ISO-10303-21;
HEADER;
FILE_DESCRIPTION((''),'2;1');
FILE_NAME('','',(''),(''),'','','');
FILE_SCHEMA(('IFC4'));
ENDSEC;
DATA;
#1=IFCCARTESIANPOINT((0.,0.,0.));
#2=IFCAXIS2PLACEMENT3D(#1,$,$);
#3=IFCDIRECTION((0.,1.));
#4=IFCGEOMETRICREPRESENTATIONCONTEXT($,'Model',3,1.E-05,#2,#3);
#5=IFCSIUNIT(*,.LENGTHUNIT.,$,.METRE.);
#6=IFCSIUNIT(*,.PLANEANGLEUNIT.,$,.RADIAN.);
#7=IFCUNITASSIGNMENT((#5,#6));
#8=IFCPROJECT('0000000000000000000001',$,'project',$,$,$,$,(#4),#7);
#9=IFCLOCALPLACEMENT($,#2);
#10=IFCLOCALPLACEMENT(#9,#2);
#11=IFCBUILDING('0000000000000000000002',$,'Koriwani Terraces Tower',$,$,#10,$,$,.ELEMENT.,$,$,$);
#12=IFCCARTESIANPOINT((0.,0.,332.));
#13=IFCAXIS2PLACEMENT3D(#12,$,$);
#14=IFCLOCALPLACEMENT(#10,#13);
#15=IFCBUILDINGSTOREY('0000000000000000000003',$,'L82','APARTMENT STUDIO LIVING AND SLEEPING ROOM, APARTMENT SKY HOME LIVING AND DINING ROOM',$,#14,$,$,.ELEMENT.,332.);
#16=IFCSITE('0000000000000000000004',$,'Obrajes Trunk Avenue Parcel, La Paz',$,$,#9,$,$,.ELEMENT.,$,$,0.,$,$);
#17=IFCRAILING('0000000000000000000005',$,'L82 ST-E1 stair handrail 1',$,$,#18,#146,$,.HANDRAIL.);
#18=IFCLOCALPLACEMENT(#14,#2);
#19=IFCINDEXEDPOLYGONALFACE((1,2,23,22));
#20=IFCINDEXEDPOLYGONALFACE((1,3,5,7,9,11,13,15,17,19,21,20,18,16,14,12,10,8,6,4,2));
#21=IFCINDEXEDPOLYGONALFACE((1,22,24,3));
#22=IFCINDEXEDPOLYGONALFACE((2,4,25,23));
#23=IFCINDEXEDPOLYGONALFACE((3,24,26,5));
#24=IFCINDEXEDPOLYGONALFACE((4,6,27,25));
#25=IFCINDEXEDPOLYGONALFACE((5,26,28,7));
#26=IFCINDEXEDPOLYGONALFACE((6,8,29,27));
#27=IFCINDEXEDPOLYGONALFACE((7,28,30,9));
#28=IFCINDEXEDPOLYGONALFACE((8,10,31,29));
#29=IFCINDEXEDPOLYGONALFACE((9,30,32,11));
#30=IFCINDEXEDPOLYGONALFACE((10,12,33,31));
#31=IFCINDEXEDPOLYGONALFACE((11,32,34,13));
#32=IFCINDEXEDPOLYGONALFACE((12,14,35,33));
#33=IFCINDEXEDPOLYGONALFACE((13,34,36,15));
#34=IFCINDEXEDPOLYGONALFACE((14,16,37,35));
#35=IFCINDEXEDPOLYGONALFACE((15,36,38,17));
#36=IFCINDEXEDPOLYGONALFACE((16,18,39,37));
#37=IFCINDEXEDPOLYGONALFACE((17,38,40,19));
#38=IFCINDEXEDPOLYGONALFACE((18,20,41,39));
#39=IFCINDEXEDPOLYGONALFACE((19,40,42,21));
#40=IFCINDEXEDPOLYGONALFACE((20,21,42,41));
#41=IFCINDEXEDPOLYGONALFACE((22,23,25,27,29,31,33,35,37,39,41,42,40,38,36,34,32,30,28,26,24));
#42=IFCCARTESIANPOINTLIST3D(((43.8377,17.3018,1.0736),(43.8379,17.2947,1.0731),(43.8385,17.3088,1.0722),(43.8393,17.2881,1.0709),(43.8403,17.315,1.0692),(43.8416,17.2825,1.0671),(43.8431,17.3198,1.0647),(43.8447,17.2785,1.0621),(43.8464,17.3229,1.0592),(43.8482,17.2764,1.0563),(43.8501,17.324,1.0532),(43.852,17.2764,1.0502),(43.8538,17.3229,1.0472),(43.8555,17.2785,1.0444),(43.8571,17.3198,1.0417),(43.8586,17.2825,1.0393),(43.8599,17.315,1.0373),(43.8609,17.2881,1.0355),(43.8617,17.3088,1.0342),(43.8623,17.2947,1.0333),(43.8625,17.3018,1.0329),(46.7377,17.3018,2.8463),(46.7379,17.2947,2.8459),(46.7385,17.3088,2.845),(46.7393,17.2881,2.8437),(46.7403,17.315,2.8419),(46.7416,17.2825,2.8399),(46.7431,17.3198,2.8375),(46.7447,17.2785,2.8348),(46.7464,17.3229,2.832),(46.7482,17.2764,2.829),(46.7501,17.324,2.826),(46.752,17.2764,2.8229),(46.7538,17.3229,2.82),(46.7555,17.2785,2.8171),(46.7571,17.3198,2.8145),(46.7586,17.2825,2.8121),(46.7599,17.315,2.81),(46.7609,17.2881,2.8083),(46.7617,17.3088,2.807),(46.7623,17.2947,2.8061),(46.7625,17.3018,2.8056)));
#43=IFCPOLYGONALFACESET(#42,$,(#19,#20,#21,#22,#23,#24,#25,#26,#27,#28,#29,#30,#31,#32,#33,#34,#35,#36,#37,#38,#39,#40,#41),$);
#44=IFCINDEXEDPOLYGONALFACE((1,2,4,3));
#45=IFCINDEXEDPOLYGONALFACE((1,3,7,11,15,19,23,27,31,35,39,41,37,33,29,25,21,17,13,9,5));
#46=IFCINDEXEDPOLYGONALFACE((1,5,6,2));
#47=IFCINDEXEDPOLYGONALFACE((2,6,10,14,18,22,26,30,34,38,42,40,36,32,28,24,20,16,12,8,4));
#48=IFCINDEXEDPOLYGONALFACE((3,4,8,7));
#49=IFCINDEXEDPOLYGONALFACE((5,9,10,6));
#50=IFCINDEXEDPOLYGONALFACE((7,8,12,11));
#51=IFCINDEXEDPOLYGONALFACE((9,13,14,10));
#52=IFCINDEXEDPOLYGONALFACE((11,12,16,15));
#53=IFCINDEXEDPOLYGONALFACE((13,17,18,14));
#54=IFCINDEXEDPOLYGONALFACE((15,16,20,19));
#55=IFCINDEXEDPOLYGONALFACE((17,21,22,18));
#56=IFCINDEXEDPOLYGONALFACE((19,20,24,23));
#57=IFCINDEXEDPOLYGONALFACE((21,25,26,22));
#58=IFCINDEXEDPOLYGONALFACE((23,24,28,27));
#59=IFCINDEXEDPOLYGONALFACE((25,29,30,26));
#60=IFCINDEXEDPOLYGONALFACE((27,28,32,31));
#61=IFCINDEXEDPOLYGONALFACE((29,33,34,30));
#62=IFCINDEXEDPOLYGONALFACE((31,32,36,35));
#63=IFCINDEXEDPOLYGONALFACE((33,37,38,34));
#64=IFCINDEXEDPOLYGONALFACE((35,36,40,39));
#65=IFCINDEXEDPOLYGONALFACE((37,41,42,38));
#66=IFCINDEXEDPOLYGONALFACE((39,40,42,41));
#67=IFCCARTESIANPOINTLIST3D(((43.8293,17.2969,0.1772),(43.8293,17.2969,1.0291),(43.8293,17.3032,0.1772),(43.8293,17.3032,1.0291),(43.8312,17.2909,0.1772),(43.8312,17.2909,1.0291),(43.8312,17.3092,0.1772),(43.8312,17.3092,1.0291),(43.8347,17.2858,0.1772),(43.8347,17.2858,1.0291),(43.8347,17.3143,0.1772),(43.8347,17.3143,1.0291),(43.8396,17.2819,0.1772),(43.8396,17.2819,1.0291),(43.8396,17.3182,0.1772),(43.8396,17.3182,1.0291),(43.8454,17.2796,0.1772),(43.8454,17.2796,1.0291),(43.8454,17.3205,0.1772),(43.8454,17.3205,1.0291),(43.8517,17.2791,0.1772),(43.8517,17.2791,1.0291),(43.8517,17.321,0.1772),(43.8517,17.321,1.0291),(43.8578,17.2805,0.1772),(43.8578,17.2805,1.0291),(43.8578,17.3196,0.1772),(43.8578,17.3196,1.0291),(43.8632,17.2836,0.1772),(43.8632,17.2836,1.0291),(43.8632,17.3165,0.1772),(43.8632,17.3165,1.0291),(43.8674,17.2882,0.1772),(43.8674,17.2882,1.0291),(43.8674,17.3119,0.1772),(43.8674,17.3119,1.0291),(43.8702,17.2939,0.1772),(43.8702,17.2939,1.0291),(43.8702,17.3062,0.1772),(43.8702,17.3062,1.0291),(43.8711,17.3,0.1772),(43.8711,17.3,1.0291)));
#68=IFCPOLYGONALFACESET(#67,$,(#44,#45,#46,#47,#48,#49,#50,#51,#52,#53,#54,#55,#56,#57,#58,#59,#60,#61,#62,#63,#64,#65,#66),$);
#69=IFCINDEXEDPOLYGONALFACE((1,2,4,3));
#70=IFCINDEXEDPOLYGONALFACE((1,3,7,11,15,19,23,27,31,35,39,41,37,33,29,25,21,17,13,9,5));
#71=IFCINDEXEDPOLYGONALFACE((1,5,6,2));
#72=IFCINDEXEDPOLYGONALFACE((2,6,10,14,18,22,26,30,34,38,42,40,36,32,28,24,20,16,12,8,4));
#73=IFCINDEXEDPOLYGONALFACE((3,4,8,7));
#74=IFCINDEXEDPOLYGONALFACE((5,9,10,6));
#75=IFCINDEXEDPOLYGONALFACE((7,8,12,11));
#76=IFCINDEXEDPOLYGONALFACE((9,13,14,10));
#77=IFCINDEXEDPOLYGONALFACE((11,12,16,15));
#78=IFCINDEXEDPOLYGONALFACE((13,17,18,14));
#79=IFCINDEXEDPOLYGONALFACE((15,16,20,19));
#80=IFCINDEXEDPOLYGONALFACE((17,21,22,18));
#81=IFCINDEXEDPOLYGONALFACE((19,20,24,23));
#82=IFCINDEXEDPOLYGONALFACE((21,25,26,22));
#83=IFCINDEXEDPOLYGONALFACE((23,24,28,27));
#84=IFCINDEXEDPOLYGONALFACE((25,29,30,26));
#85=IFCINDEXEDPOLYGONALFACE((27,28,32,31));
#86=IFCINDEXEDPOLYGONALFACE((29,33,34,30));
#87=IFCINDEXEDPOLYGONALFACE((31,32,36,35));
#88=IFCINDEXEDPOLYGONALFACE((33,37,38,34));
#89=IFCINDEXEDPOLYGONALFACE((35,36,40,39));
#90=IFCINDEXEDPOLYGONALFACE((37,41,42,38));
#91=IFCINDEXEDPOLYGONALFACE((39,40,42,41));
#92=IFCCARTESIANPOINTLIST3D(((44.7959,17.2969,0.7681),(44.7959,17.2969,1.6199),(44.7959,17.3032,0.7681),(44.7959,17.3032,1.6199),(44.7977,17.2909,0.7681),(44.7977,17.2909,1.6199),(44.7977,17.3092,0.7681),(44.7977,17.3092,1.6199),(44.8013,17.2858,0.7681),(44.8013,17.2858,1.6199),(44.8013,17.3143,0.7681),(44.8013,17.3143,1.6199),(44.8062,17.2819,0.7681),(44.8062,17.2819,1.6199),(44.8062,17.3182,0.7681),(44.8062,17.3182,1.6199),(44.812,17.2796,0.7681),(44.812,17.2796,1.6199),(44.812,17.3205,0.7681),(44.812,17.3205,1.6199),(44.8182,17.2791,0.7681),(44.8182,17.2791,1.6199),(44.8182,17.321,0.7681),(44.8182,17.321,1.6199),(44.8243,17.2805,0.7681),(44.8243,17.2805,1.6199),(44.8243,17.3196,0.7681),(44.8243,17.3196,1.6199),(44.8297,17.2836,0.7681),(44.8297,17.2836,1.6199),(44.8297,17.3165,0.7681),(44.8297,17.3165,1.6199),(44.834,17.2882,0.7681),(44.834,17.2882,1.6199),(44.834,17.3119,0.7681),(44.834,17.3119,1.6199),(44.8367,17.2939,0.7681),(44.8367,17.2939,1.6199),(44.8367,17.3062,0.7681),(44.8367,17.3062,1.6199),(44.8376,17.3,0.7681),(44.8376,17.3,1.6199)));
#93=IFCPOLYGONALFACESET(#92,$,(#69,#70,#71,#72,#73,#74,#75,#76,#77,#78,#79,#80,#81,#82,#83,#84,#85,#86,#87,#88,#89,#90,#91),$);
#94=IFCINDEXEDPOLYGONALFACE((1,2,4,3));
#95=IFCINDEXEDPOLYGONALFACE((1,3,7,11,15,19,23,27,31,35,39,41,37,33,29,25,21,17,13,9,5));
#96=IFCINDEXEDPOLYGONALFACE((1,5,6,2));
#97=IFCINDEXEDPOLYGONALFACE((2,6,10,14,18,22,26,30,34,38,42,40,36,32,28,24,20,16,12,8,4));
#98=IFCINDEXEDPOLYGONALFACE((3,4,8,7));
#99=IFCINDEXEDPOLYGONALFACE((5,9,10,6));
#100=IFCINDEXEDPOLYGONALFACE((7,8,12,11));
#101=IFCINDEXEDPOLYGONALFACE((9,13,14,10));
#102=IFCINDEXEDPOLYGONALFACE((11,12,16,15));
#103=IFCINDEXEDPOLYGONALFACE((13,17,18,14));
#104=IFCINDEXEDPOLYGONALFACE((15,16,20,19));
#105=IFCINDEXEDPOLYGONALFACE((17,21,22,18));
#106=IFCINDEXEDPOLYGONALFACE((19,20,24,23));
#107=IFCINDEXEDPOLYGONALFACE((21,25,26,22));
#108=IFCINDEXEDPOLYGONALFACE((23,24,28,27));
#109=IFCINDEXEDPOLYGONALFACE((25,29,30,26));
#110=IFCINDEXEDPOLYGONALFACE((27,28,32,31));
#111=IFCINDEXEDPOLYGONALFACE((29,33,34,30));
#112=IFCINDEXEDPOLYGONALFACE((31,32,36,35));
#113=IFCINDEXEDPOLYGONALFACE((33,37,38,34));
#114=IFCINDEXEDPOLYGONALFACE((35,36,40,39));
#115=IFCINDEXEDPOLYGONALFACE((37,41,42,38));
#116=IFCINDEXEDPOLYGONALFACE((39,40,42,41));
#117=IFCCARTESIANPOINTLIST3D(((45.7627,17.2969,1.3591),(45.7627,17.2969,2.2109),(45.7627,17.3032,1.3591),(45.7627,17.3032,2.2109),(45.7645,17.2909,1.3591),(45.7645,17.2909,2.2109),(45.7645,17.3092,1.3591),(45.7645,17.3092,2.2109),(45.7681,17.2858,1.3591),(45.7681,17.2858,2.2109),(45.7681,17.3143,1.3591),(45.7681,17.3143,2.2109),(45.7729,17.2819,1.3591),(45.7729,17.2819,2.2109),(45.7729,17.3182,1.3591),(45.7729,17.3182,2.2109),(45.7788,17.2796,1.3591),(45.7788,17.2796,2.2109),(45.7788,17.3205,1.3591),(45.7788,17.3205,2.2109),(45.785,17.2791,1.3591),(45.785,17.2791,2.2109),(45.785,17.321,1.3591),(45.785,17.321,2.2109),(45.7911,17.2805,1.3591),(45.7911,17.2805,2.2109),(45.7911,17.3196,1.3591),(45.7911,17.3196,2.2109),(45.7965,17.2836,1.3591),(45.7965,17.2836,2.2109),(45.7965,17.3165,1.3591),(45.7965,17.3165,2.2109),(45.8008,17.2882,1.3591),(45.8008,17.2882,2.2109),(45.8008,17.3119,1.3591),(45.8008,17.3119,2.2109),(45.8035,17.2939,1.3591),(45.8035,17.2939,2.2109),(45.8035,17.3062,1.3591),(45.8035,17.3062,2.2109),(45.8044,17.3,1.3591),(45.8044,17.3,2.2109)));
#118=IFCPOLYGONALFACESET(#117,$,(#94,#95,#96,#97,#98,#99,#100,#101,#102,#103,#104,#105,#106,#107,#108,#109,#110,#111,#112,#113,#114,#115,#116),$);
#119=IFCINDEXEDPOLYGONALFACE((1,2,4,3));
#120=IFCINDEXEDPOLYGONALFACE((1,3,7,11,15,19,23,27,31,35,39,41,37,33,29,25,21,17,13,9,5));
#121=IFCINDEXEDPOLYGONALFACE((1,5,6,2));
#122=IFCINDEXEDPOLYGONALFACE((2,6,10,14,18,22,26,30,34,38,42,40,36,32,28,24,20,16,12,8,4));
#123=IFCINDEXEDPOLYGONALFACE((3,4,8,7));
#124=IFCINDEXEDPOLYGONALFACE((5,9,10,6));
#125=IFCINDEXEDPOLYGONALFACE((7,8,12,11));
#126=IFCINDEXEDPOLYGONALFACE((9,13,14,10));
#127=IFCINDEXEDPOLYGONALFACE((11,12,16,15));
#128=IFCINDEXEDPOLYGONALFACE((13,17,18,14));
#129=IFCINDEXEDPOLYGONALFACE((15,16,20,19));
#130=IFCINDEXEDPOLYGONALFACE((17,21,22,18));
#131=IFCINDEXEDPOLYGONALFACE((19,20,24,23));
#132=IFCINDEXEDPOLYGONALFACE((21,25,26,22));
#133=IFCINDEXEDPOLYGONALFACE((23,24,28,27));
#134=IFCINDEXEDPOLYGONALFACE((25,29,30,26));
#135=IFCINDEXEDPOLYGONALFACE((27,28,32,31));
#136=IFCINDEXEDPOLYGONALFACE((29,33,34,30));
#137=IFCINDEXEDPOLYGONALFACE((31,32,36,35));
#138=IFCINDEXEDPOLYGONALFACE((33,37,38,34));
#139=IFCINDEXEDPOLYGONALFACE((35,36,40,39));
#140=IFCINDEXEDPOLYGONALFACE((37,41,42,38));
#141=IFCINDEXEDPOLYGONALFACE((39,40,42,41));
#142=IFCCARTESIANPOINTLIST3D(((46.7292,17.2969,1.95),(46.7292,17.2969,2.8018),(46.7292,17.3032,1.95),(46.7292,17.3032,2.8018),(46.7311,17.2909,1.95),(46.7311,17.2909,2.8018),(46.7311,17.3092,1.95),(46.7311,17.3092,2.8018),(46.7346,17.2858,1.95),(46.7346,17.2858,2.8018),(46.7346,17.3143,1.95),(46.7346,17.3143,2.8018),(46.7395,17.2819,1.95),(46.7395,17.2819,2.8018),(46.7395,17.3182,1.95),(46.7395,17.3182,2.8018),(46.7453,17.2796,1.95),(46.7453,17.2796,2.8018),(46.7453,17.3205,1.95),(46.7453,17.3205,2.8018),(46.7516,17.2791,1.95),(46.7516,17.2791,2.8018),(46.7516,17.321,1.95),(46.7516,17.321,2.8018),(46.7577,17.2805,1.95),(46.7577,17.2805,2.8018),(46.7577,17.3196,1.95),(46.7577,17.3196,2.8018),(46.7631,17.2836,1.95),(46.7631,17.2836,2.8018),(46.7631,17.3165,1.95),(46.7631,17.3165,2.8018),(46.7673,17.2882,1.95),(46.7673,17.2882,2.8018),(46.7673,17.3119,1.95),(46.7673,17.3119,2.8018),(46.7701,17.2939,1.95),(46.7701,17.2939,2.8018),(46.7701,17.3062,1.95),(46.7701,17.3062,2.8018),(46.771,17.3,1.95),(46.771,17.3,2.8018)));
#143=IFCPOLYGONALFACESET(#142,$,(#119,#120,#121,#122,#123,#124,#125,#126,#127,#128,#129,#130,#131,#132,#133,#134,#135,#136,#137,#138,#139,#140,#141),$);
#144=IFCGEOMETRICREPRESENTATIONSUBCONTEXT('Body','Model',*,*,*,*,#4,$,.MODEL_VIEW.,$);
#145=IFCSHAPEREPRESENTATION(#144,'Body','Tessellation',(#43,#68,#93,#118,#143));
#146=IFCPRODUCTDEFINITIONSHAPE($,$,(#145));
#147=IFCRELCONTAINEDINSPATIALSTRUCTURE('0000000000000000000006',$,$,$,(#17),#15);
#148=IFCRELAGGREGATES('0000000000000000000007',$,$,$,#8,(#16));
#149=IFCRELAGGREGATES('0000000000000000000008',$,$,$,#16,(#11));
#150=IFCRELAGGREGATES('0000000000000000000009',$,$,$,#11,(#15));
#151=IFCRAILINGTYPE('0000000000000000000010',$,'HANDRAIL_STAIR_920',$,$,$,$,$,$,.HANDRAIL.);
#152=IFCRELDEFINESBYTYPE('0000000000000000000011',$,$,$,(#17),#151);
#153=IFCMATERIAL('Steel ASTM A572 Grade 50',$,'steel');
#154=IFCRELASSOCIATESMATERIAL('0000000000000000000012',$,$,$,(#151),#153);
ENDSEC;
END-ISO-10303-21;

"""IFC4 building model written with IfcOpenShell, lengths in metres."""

from ifc_helpers import new_model, si_unit, direction, frame, origin, origin_2d, place, context, subcontext, project, spatial, circle, extrude, material, type_object, element, save


model = new_model("IFC4")

# Units and contexts
model_context = context("Model", 3, precision=1e-05, world=origin(), true_north=direction((0.0, 1.0)))
body_context = subcontext(model_context, "Body", "Model", "MODEL_VIEW")
ifc_project = project(units=[si_unit("LENGTHUNIT", "METRE"), si_unit("PLANEANGLEUNIT", "RADIAN")], contexts=[model_context])

# Site, building, storey
site_placement = place(None, origin())
site = spatial("IfcSite", under=ifc_project, at=site_placement, Name="Obrajes Trunk Avenue Parcel, La Paz", CompositionType="ELEMENT", RefElevation=0.0)
building_placement = place(site_placement, origin())
building = spatial("IfcBuilding", under=site, at=building_placement, Name="Koriwani Terraces Tower", CompositionType="ELEMENT")
storey_placement = place(building_placement, frame((0.0, 0.0, 332.0)))
storey = spatial("IfcBuildingStorey", under=building, at=storey_placement, Name="L82", Description="APARTMENT STUDIO LIVING AND SLEEPING ROOM, APARTMENT SKY HOME LIVING AND DINING ROOM", CompositionType="ELEMENT", Elevation=332.0)

# Shared definitions
ifc_material_1 = material(Name="Steel ASTM A572 Grade 50", Category="steel")

# Railing
railing_type_1 = type_object("IfcRailingType", Name="HANDRAIL_STAIR_920", PredefinedType="HANDRAIL", material=ifc_material_1)
railing_1_placement = place(storey_placement, frame((43.8501, 17.3, 0.1772)))
element("IfcRailing", 1, at=railing_1_placement, inside=storey, type_object=railing_type_1, Name="L82 ST-E1 stair handrail 1", PredefinedType="HANDRAIL", context=body_context, shape_type="SweptSolid", body=[
    extrude(circle(Radius=0.0239, at=origin_2d()), frame((0.0, 0.0, 0.876), z_axis=(0.853211, 0.0, 0.521566), x_axis=(0.0, 1.0, 0.0)), (0.0, 0.0, 1.0), 3.3989),
    extrude(circle(Radius=0.021, at=origin_2d()), origin(), (0.0, 0.0, 1.0), 0.8518),
    extrude(circle(Radius=0.021, at=origin_2d()), frame((0.9666, 0.0, 0.5908)), (0.0, 0.0, 1.0), 0.8518),
    extrude(circle(Radius=0.021, at=origin_2d()), frame((1.9333, 0.0, 1.1819)), (0.0, 0.0, 1.0), 0.8518),
    extrude(circle(Radius=0.021, at=origin_2d()), frame((2.8999, 0.0, 1.7727)), (0.0, 0.0, 1.0), 0.8518),
])

save(model, "model.ifc")
